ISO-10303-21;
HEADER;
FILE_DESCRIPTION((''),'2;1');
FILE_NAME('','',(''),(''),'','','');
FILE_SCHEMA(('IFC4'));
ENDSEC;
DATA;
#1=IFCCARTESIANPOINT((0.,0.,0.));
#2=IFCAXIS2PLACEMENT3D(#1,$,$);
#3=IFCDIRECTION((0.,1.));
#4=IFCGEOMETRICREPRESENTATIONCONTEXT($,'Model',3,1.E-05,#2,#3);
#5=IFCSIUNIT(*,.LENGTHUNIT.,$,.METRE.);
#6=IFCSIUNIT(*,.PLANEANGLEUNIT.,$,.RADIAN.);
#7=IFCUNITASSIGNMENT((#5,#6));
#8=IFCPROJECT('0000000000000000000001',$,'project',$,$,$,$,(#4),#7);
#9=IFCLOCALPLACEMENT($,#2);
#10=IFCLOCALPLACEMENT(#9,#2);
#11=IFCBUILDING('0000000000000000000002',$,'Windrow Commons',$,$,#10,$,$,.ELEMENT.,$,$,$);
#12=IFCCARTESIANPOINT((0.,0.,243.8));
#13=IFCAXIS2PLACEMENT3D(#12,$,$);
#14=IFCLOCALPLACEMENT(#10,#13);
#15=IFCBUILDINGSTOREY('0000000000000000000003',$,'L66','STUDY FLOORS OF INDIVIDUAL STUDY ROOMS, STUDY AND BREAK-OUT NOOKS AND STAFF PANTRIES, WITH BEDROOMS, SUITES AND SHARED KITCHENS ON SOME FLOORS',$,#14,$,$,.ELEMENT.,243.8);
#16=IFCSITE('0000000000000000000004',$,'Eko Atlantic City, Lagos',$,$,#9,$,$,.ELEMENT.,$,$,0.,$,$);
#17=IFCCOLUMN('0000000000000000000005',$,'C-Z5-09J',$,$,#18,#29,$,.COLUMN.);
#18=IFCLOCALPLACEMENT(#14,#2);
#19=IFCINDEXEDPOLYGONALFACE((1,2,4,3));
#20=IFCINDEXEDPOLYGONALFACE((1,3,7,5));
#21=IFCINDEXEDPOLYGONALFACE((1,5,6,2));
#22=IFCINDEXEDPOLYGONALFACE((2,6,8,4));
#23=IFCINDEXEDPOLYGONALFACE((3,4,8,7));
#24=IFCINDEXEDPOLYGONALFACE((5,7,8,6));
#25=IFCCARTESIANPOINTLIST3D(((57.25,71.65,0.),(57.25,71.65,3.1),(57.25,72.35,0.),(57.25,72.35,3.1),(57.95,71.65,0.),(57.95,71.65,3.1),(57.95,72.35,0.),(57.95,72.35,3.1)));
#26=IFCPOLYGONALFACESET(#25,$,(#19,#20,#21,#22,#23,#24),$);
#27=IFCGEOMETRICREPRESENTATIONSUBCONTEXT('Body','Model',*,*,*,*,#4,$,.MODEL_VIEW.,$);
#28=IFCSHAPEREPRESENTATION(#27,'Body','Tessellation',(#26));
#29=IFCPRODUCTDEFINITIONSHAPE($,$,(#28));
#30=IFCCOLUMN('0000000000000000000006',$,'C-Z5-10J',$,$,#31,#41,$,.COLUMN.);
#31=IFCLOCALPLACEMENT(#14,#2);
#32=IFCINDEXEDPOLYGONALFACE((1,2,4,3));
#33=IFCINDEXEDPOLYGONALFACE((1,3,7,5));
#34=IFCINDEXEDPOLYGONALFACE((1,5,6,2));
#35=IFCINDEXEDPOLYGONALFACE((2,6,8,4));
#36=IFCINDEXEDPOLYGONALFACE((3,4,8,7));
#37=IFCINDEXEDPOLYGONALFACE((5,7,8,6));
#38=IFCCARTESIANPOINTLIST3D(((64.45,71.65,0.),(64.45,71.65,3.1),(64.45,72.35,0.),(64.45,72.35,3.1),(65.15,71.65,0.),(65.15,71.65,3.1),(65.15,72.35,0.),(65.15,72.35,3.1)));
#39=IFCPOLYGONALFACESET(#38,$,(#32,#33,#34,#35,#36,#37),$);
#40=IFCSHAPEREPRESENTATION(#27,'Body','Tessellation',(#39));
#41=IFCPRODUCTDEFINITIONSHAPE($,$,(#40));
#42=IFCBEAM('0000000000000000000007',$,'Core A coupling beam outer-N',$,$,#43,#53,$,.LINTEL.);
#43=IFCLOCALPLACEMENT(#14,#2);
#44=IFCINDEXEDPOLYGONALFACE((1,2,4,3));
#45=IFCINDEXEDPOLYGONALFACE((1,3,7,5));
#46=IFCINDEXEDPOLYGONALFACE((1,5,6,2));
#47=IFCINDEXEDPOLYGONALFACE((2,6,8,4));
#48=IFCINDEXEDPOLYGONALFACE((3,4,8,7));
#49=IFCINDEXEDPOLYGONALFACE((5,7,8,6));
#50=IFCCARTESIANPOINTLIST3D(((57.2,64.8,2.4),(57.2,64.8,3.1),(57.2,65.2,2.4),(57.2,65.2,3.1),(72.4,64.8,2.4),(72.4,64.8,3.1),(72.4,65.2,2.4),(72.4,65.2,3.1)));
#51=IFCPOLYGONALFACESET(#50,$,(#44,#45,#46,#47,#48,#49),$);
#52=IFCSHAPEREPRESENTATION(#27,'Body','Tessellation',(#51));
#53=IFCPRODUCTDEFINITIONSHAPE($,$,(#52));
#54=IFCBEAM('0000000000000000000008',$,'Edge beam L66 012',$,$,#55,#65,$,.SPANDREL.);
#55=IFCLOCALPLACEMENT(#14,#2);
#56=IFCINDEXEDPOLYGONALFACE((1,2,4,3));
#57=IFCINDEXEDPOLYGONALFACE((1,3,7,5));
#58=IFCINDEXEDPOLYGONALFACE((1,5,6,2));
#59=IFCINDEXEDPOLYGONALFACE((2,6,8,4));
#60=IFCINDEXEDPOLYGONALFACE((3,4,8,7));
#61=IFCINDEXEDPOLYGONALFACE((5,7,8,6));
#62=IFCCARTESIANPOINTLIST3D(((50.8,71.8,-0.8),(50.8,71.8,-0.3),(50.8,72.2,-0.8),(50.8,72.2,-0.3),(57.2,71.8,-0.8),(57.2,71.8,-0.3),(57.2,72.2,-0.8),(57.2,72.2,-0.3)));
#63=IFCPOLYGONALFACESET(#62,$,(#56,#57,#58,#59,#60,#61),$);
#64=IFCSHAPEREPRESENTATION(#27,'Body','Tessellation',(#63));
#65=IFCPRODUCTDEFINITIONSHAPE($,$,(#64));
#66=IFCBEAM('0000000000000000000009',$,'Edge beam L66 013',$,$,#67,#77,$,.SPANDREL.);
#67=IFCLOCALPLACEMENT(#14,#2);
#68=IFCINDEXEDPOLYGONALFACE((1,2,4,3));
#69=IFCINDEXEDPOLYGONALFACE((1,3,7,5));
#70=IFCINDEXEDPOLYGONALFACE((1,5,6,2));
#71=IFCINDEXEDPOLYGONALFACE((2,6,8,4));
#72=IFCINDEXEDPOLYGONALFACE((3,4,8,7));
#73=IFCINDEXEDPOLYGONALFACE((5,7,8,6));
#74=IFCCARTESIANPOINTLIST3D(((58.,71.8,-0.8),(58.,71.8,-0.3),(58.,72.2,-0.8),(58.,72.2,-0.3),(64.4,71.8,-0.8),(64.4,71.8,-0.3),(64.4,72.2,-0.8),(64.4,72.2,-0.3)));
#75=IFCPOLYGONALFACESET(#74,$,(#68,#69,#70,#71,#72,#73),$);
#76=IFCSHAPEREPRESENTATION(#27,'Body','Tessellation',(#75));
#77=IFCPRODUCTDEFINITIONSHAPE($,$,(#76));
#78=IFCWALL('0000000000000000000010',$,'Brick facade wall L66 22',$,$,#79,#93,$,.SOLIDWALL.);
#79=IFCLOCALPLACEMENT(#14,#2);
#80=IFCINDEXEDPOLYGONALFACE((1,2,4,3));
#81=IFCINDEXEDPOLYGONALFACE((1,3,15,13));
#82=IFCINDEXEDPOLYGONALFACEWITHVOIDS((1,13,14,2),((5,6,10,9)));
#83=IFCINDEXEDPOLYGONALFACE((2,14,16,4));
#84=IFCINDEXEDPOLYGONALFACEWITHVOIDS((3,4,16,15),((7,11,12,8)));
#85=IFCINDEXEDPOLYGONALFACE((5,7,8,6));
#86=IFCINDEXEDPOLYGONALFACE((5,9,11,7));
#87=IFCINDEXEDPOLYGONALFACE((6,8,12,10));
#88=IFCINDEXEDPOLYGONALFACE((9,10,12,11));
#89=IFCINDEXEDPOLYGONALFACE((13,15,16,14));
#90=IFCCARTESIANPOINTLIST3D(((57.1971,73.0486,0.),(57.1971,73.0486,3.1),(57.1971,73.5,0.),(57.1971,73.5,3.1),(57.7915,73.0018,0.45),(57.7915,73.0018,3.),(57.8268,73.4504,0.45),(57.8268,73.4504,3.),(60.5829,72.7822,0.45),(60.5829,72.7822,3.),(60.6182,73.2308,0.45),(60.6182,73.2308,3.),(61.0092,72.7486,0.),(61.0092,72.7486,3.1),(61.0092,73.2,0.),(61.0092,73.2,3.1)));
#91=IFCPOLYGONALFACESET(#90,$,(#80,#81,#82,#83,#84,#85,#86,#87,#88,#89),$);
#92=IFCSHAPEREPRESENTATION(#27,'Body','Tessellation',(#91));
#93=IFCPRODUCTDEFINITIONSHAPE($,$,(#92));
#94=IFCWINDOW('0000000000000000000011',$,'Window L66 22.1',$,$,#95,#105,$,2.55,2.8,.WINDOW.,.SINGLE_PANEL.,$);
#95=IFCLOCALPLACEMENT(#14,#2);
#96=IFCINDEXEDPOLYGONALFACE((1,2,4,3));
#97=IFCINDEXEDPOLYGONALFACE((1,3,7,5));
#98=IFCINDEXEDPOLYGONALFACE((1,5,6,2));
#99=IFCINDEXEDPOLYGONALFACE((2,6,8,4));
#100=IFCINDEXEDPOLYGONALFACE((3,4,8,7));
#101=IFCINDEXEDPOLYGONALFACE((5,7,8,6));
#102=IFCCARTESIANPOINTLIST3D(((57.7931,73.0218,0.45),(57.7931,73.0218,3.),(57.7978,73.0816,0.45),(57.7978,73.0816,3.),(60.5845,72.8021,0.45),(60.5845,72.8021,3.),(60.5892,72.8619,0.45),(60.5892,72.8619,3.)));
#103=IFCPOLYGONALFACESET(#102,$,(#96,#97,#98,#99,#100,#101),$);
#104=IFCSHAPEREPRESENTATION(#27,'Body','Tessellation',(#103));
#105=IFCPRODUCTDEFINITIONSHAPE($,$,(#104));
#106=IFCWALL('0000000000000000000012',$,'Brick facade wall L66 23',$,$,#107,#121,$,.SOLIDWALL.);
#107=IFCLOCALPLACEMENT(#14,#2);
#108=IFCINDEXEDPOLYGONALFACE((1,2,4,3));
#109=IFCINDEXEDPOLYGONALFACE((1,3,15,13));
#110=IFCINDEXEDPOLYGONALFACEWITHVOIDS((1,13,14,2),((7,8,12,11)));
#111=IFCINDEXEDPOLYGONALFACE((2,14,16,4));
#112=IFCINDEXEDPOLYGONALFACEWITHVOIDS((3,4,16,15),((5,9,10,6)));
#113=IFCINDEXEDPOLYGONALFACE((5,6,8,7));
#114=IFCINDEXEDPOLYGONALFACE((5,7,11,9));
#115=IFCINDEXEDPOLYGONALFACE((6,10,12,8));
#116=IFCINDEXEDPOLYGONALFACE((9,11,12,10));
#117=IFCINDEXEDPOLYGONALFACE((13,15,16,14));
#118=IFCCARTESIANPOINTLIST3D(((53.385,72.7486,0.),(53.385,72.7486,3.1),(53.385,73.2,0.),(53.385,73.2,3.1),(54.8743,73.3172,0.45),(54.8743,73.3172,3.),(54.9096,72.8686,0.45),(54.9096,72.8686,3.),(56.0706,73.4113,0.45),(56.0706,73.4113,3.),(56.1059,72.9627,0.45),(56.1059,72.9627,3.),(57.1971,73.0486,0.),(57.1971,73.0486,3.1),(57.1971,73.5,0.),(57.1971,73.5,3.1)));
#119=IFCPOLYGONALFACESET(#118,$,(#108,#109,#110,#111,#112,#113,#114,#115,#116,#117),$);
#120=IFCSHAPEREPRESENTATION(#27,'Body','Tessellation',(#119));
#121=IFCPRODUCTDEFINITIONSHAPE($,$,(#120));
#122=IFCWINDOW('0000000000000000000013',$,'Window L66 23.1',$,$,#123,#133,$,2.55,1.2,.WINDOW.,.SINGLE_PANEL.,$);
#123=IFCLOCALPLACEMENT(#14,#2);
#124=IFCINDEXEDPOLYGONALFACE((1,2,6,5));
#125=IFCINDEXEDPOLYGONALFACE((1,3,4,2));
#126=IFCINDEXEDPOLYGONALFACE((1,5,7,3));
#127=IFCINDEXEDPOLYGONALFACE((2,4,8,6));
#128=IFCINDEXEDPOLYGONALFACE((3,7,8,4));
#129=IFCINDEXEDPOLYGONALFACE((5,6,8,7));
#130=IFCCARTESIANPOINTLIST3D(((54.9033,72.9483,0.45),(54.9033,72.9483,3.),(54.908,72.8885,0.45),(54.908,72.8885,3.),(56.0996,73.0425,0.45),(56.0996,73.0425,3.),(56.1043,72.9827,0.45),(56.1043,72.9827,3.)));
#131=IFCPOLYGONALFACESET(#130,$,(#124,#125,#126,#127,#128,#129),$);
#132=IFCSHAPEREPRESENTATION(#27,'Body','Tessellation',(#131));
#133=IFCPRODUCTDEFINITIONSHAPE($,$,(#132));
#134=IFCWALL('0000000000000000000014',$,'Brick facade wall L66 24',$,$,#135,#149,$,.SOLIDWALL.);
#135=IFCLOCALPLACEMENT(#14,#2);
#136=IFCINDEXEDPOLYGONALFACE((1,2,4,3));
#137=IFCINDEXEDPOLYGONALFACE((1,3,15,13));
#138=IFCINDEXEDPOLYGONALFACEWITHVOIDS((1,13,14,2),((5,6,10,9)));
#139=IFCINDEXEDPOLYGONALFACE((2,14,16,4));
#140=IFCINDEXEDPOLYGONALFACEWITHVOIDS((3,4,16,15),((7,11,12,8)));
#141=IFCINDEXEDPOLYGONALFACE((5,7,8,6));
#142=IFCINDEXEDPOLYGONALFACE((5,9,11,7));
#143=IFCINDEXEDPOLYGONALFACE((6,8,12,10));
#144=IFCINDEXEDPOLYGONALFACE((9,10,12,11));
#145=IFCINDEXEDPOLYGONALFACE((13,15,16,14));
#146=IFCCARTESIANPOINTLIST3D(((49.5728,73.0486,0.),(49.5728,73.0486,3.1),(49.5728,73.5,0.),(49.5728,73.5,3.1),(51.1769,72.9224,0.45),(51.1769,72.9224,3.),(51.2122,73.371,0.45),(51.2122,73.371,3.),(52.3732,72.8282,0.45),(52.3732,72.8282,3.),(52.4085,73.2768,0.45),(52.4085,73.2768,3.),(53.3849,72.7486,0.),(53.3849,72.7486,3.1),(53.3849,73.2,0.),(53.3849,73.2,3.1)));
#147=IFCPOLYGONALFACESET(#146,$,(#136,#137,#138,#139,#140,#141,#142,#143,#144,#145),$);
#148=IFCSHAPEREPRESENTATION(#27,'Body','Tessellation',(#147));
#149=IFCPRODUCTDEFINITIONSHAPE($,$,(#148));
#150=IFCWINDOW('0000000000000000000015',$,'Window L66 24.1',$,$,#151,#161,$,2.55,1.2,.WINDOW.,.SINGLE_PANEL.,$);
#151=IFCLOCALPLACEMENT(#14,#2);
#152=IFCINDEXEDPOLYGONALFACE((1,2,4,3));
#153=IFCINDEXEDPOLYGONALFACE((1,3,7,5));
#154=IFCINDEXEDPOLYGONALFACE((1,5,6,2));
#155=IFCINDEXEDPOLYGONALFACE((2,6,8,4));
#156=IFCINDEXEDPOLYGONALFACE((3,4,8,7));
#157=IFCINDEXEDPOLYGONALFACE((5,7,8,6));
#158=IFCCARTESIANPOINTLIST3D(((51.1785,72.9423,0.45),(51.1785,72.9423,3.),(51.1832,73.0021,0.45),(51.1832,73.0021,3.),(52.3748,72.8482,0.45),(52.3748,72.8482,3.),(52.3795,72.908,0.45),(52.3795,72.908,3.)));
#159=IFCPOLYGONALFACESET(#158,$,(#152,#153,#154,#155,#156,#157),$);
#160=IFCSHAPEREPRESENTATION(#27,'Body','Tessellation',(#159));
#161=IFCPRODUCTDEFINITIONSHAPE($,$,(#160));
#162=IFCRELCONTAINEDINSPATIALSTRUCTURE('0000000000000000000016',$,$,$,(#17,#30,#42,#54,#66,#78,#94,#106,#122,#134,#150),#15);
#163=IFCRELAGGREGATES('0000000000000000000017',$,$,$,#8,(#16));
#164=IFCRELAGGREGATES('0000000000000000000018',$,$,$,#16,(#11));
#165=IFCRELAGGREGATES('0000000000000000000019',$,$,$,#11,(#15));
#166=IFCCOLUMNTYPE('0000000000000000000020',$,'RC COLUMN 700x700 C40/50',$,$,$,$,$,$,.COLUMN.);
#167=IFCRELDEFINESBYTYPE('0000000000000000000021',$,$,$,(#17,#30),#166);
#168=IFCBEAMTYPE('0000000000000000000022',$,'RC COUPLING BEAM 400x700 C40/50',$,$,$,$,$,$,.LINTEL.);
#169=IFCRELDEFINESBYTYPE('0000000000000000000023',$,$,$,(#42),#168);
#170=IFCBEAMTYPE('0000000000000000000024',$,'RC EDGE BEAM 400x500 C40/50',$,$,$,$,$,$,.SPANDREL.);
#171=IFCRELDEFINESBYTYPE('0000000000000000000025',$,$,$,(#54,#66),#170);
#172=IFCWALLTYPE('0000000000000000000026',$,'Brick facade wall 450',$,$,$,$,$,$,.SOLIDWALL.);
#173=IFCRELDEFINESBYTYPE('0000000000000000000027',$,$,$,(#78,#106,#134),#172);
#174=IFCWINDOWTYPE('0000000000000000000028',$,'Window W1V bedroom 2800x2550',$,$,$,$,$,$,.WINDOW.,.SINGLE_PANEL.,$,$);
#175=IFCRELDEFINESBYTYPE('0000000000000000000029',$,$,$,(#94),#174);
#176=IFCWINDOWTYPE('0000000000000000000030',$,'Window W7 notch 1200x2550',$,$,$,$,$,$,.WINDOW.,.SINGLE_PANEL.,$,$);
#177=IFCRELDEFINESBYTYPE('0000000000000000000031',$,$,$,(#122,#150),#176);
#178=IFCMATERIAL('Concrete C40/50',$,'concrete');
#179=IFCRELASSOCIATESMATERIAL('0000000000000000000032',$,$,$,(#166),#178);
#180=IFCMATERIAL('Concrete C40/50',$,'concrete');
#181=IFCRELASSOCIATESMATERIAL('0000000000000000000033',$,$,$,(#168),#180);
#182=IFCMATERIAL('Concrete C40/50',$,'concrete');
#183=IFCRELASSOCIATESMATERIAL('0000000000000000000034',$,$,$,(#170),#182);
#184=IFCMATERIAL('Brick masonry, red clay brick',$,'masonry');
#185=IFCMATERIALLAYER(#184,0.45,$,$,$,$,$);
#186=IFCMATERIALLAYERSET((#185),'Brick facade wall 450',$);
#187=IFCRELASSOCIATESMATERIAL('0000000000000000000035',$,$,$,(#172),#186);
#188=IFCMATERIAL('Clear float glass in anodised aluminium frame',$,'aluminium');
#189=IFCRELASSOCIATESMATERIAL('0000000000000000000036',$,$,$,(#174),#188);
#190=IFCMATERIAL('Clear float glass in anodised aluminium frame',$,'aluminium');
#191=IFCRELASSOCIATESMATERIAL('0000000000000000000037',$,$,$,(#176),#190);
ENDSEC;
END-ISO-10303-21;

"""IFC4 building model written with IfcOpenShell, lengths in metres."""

from ifc_helpers import new_model, si_unit, direction, frame, frame_2d, origin, origin_2d, place, context, subcontext, project, spatial, polyline, rectangle, outline, extrude, material, layer, layer_set, material_profile, profile_set, type_object, element, fill, save


model = new_model("IFC4")

# Units and contexts
model_context = context("Model", 3, precision=1e-05, world=origin(), true_north=direction((0.0, 1.0)))
body_context = subcontext(model_context, "Body", "Model", "MODEL_VIEW")
ifc_project = project(units=[si_unit("LENGTHUNIT", "METRE"), si_unit("PLANEANGLEUNIT", "RADIAN")], contexts=[model_context])

# Site, building, storey
site_placement = place(None, origin())
site = spatial("IfcSite", under=ifc_project, at=site_placement, Name="Eko Atlantic City, Lagos", CompositionType="ELEMENT", RefElevation=0.0)
building_placement = place(site_placement, origin())
building = spatial("IfcBuilding", under=site, at=building_placement, Name="Windrow Commons", CompositionType="ELEMENT")
storey_placement = place(building_placement, frame((0.0, 0.0, 243.8)))
storey = spatial("IfcBuildingStorey", under=building, at=storey_placement, Name="L66", Description="STUDY FLOORS OF INDIVIDUAL STUDY ROOMS, STUDY AND BREAK-OUT NOOKS AND STAFF PANTRIES, WITH BEDROOMS, SUITES AND SHARED KITCHENS ON SOME FLOORS", CompositionType="ELEMENT", Elevation=243.8)

# Columns
ifc_material_1 = material(Name="Concrete C40/50", Category="concrete")
ifc_material_profile_1 = material_profile(ifc_material_1, rectangle(XDim=0.7, YDim=0.7, at=origin_2d()))
ifc_profile_set_1 = profile_set([ifc_material_profile_1], Name="Concrete C40/50")
column_type = type_object("IfcColumnType", Name="RC COLUMN 700x700 C40/50", PredefinedType="COLUMN", material=ifc_profile_set_1)
for number, where, z_axis, x_axis, name in (
    (1, (57.6, 72.0, 0.0), (0.0, 0.0, 1.0), (1.0, 0.0, 0.0), "C-Z5-09J"),
    (2, (64.8, 72.0, 0.0), (0.0, 0.0, 1.0), (1.0, 0.0, 0.0), "C-Z5-10J"),
):
    element("IfcColumn", number, at=place(storey_placement, frame(where, z_axis=z_axis, x_axis=x_axis)), inside=storey, type_object=column_type, Name=name, PredefinedType="COLUMN", context=body_context, shape_type="SweptSolid", body=[
        extrude(rectangle(XDim=0.7, YDim=0.7, at=origin_2d()), origin(), (0.0, 0.0, 1.0), 3.1),
    ])

# Beams
ifc_material_2 = material(Name="Concrete C40/50", Category="concrete")
ifc_material_profile_2 = material_profile(ifc_material_2, rectangle(XDim=0.4, YDim=0.7, at=origin_2d()))
ifc_profile_set_2 = profile_set([ifc_material_profile_2], Name="Concrete C40/50")
beam_type_1 = type_object("IfcBeamType", Name="RC COUPLING BEAM 400x700 C40/50", PredefinedType="LINTEL", material=ifc_profile_set_2)
beam_placement = place(storey_placement, frame((57.2, 65.0, 2.75), z_axis=(1.0, 0.0, 0.0), x_axis=(0.0, 1.0, 0.0)))
element("IfcBeam", 3, at=beam_placement, inside=storey, type_object=beam_type_1, Name="Core A coupling beam outer-N", PredefinedType="LINTEL", context=body_context, shape_type="SweptSolid", body=[
    extrude(rectangle(XDim=0.4, YDim=0.7, at=origin_2d()), origin(), (0.0, 0.0, 1.0), 15.2),
])
ifc_material_3 = material(Name="Concrete C40/50", Category="concrete")
ifc_material_profile_3 = material_profile(ifc_material_3, rectangle(XDim=0.4, YDim=0.5, at=origin_2d()))
ifc_profile_set_3 = profile_set([ifc_material_profile_3], Name="Concrete C40/50")
beam_type_2 = type_object("IfcBeamType", Name="RC EDGE BEAM 400x500 C40/50", PredefinedType="SPANDREL", material=ifc_profile_set_3)
for number, where, z_axis, x_axis, name in (
    (4, (50.8, 72.0, -0.55), (1.0, 0.0, 0.0), (0.0, 1.0, 0.0), "Edge beam L66 012"),
    (5, (58.0, 72.0, -0.55), (1.0, 0.0, 0.0), (0.0, 1.0, 0.0), "Edge beam L66 013"),
):
    element("IfcBeam", number, at=place(storey_placement, frame(where, z_axis=z_axis, x_axis=x_axis)), inside=storey, type_object=beam_type_2, Name=name, PredefinedType="SPANDREL", context=body_context, shape_type="SweptSolid", body=[
        extrude(rectangle(XDim=0.4, YDim=0.5, at=origin_2d()), origin(), (0.0, 0.0, 1.0), 6.4),
    ])

# Walls, openings, windows
ifc_material_4 = material(Name="Brick masonry, red clay brick", Category="masonry")
ifc_layer_1 = layer(ifc_material_4, 0.45)
ifc_layer_set_1 = layer_set([ifc_layer_1], Name="Brick facade wall 450")
wall_type_1 = type_object("IfcWallType", Name="Brick facade wall 450", PredefinedType="SOLIDWALL", material=ifc_layer_set_1)
wall_1_placement = place(storey_placement, frame((61.0092, 72.9743, 0.0), z_axis=(0.0, 0.0, 1.0), x_axis=(-0.996918, 0.078454, 0.0)))
wall_1 = element("IfcWall", 6, at=wall_1_placement, inside=storey, type_object=wall_type_1, Name="Brick facade wall L66 22", PredefinedType="SOLIDWALL", context=body_context, shape_type="SweptSolid", body=[
    extrude(outline(polyline([(0.0177, -0.225), (3.8416, -0.225), (3.8062, 0.225), (-0.0177, 0.225), (0.0177, -0.225)])), origin(), (0.0, 0.0, 1.0), 3.1),
])
opening_1_placement = place(wall_1_placement, frame((0.4099, 0.0, 0.45)))
opening_1 = element("IfcOpeningElement", 7, at=opening_1_placement, cuts=wall_1, PredefinedType="OPENING", context=body_context, shape_type="SweptSolid", body=[
    extrude(rectangle(XDim=2.8, YDim=2.55, at=frame_2d((1.4, 1.275))), frame((0.0, 0.235, 0.0), z_axis=(0.0, -1.0, 0.0), x_axis=(1.0, 0.0, 0.0)), (0.0, 0.0, 1.0), 0.47),
])
ifc_material_5 = material(Name="Clear float glass in anodised aluminium frame", Category="aluminium")
window_type_1 = type_object("IfcWindowType", Name="Window W1V bedroom 2800x2550", PartitioningType="SINGLE_PANEL", PredefinedType="WINDOW", material=ifc_material_5)
window_1_placement = place(opening_1_placement, origin())
window_1 = element("IfcWindow", 8, at=window_1_placement, inside=storey, type_object=window_type_1, Name="Window L66 22.1", OverallHeight=2.55, OverallWidth=2.8, PartitioningType="SINGLE_PANEL", PredefinedType="WINDOW", context=body_context, shape_type="SweptSolid", body=[
    extrude(rectangle(XDim=2.8, YDim=2.55, at=frame_2d((1.4, 1.275))), frame((0.0, 0.205, 0.0), z_axis=(0.0, -1.0, 0.0), x_axis=(1.0, 0.0, 0.0)), (0.0, 0.0, 1.0), 0.06),
])
fill(opening_1, window_1)
wall_2_placement = place(storey_placement, frame((57.1971, 73.2743, 0.0), z_axis=(0.0, 0.0, 1.0), x_axis=(-0.996918, -0.078452, 0.0)))
wall_2 = element("IfcWall", 9, at=wall_2_placement, inside=storey, type_object=wall_type_1, Name="Brick facade wall L66 23", PredefinedType="SOLIDWALL", context=body_context, shape_type="SweptSolid", body=[
    extrude(outline(polyline([(-0.0177, -0.225), (3.8062, -0.225), (3.8416, 0.225), (0.0177, 0.225), (-0.0177, -0.225)])), origin(), (0.0, 0.0, 1.0), 3.1),
])
opening_2_placement = place(wall_2_placement, frame((1.1123, 0.0, 0.45)))
opening_2 = element("IfcOpeningElement", 10, at=opening_2_placement, cuts=wall_2, PredefinedType="OPENING", context=body_context, shape_type="SweptSolid", body=[
    extrude(rectangle(XDim=1.2, YDim=2.55, at=frame_2d((0.6, 1.275))), frame((0.0, 0.235, 0.0), z_axis=(0.0, -1.0, 0.0), x_axis=(1.0, 0.0, 0.0)), (0.0, 0.0, 1.0), 0.47),
])
ifc_material_6 = material(Name="Clear float glass in anodised aluminium frame", Category="aluminium")
window_type_2 = type_object("IfcWindowType", Name="Window W7 notch 1200x2550", PartitioningType="SINGLE_PANEL", PredefinedType="WINDOW", material=ifc_material_6)
window_2_placement = place(opening_2_placement, origin())
window_2 = element("IfcWindow", 11, at=window_2_placement, inside=storey, type_object=window_type_2, Name="Window L66 23.1", OverallHeight=2.55, OverallWidth=1.2, PartitioningType="SINGLE_PANEL", PredefinedType="WINDOW", context=body_context, shape_type="SweptSolid", body=[
    extrude(rectangle(XDim=1.2, YDim=2.55, at=frame_2d((0.6, 1.275))), frame((0.0, 0.205, 0.0), z_axis=(0.0, -1.0, 0.0), x_axis=(1.0, 0.0, 0.0)), (0.0, 0.0, 1.0), 0.06),
])
fill(opening_2, window_2)
wall_3_placement = place(storey_placement, frame((53.3849, 72.9743, 0.0), z_axis=(0.0, 0.0, 1.0), x_axis=(-0.996918, 0.078454, 0.0)))
wall_3 = element("IfcWall", 12, at=wall_3_placement, inside=storey, type_object=wall_type_1, Name="Brick facade wall L66 24", PredefinedType="SOLIDWALL", context=body_context, shape_type="SweptSolid", body=[
    extrude(outline(polyline([(0.0177, -0.225), (3.8416, -0.225), (3.8062, 0.225), (-0.0177, 0.225), (0.0177, -0.225)])), origin(), (0.0, 0.0, 1.0), 3.1),
])
opening_3_placement = place(wall_3_placement, frame((0.9971, 0.0, 0.45)))
opening_3 = element("IfcOpeningElement", 13, at=opening_3_placement, cuts=wall_3, PredefinedType="OPENING", context=body_context, shape_type="SweptSolid", body=[
    extrude(rectangle(XDim=1.2, YDim=2.55, at=frame_2d((0.6, 1.275))), frame((0.0, 0.235, 0.0), z_axis=(0.0, -1.0, 0.0), x_axis=(1.0, 0.0, 0.0)), (0.0, 0.0, 1.0), 0.47),
])
window_3_placement = place(opening_3_placement, origin())
window_3 = element("IfcWindow", 14, at=window_3_placement, inside=storey, type_object=window_type_2, Name="Window L66 24.1", OverallHeight=2.55, OverallWidth=1.2, PartitioningType="SINGLE_PANEL", PredefinedType="WINDOW", context=body_context, shape_type="SweptSolid", body=[
    extrude(rectangle(XDim=1.2, YDim=2.55, at=frame_2d((0.6, 1.275))), frame((0.0, 0.205, 0.0), z_axis=(0.0, -1.0, 0.0), x_axis=(1.0, 0.0, 0.0)), (0.0, 0.0, 1.0), 0.06),
])
fill(opening_3, window_3)

save(model, "model.ifc")
